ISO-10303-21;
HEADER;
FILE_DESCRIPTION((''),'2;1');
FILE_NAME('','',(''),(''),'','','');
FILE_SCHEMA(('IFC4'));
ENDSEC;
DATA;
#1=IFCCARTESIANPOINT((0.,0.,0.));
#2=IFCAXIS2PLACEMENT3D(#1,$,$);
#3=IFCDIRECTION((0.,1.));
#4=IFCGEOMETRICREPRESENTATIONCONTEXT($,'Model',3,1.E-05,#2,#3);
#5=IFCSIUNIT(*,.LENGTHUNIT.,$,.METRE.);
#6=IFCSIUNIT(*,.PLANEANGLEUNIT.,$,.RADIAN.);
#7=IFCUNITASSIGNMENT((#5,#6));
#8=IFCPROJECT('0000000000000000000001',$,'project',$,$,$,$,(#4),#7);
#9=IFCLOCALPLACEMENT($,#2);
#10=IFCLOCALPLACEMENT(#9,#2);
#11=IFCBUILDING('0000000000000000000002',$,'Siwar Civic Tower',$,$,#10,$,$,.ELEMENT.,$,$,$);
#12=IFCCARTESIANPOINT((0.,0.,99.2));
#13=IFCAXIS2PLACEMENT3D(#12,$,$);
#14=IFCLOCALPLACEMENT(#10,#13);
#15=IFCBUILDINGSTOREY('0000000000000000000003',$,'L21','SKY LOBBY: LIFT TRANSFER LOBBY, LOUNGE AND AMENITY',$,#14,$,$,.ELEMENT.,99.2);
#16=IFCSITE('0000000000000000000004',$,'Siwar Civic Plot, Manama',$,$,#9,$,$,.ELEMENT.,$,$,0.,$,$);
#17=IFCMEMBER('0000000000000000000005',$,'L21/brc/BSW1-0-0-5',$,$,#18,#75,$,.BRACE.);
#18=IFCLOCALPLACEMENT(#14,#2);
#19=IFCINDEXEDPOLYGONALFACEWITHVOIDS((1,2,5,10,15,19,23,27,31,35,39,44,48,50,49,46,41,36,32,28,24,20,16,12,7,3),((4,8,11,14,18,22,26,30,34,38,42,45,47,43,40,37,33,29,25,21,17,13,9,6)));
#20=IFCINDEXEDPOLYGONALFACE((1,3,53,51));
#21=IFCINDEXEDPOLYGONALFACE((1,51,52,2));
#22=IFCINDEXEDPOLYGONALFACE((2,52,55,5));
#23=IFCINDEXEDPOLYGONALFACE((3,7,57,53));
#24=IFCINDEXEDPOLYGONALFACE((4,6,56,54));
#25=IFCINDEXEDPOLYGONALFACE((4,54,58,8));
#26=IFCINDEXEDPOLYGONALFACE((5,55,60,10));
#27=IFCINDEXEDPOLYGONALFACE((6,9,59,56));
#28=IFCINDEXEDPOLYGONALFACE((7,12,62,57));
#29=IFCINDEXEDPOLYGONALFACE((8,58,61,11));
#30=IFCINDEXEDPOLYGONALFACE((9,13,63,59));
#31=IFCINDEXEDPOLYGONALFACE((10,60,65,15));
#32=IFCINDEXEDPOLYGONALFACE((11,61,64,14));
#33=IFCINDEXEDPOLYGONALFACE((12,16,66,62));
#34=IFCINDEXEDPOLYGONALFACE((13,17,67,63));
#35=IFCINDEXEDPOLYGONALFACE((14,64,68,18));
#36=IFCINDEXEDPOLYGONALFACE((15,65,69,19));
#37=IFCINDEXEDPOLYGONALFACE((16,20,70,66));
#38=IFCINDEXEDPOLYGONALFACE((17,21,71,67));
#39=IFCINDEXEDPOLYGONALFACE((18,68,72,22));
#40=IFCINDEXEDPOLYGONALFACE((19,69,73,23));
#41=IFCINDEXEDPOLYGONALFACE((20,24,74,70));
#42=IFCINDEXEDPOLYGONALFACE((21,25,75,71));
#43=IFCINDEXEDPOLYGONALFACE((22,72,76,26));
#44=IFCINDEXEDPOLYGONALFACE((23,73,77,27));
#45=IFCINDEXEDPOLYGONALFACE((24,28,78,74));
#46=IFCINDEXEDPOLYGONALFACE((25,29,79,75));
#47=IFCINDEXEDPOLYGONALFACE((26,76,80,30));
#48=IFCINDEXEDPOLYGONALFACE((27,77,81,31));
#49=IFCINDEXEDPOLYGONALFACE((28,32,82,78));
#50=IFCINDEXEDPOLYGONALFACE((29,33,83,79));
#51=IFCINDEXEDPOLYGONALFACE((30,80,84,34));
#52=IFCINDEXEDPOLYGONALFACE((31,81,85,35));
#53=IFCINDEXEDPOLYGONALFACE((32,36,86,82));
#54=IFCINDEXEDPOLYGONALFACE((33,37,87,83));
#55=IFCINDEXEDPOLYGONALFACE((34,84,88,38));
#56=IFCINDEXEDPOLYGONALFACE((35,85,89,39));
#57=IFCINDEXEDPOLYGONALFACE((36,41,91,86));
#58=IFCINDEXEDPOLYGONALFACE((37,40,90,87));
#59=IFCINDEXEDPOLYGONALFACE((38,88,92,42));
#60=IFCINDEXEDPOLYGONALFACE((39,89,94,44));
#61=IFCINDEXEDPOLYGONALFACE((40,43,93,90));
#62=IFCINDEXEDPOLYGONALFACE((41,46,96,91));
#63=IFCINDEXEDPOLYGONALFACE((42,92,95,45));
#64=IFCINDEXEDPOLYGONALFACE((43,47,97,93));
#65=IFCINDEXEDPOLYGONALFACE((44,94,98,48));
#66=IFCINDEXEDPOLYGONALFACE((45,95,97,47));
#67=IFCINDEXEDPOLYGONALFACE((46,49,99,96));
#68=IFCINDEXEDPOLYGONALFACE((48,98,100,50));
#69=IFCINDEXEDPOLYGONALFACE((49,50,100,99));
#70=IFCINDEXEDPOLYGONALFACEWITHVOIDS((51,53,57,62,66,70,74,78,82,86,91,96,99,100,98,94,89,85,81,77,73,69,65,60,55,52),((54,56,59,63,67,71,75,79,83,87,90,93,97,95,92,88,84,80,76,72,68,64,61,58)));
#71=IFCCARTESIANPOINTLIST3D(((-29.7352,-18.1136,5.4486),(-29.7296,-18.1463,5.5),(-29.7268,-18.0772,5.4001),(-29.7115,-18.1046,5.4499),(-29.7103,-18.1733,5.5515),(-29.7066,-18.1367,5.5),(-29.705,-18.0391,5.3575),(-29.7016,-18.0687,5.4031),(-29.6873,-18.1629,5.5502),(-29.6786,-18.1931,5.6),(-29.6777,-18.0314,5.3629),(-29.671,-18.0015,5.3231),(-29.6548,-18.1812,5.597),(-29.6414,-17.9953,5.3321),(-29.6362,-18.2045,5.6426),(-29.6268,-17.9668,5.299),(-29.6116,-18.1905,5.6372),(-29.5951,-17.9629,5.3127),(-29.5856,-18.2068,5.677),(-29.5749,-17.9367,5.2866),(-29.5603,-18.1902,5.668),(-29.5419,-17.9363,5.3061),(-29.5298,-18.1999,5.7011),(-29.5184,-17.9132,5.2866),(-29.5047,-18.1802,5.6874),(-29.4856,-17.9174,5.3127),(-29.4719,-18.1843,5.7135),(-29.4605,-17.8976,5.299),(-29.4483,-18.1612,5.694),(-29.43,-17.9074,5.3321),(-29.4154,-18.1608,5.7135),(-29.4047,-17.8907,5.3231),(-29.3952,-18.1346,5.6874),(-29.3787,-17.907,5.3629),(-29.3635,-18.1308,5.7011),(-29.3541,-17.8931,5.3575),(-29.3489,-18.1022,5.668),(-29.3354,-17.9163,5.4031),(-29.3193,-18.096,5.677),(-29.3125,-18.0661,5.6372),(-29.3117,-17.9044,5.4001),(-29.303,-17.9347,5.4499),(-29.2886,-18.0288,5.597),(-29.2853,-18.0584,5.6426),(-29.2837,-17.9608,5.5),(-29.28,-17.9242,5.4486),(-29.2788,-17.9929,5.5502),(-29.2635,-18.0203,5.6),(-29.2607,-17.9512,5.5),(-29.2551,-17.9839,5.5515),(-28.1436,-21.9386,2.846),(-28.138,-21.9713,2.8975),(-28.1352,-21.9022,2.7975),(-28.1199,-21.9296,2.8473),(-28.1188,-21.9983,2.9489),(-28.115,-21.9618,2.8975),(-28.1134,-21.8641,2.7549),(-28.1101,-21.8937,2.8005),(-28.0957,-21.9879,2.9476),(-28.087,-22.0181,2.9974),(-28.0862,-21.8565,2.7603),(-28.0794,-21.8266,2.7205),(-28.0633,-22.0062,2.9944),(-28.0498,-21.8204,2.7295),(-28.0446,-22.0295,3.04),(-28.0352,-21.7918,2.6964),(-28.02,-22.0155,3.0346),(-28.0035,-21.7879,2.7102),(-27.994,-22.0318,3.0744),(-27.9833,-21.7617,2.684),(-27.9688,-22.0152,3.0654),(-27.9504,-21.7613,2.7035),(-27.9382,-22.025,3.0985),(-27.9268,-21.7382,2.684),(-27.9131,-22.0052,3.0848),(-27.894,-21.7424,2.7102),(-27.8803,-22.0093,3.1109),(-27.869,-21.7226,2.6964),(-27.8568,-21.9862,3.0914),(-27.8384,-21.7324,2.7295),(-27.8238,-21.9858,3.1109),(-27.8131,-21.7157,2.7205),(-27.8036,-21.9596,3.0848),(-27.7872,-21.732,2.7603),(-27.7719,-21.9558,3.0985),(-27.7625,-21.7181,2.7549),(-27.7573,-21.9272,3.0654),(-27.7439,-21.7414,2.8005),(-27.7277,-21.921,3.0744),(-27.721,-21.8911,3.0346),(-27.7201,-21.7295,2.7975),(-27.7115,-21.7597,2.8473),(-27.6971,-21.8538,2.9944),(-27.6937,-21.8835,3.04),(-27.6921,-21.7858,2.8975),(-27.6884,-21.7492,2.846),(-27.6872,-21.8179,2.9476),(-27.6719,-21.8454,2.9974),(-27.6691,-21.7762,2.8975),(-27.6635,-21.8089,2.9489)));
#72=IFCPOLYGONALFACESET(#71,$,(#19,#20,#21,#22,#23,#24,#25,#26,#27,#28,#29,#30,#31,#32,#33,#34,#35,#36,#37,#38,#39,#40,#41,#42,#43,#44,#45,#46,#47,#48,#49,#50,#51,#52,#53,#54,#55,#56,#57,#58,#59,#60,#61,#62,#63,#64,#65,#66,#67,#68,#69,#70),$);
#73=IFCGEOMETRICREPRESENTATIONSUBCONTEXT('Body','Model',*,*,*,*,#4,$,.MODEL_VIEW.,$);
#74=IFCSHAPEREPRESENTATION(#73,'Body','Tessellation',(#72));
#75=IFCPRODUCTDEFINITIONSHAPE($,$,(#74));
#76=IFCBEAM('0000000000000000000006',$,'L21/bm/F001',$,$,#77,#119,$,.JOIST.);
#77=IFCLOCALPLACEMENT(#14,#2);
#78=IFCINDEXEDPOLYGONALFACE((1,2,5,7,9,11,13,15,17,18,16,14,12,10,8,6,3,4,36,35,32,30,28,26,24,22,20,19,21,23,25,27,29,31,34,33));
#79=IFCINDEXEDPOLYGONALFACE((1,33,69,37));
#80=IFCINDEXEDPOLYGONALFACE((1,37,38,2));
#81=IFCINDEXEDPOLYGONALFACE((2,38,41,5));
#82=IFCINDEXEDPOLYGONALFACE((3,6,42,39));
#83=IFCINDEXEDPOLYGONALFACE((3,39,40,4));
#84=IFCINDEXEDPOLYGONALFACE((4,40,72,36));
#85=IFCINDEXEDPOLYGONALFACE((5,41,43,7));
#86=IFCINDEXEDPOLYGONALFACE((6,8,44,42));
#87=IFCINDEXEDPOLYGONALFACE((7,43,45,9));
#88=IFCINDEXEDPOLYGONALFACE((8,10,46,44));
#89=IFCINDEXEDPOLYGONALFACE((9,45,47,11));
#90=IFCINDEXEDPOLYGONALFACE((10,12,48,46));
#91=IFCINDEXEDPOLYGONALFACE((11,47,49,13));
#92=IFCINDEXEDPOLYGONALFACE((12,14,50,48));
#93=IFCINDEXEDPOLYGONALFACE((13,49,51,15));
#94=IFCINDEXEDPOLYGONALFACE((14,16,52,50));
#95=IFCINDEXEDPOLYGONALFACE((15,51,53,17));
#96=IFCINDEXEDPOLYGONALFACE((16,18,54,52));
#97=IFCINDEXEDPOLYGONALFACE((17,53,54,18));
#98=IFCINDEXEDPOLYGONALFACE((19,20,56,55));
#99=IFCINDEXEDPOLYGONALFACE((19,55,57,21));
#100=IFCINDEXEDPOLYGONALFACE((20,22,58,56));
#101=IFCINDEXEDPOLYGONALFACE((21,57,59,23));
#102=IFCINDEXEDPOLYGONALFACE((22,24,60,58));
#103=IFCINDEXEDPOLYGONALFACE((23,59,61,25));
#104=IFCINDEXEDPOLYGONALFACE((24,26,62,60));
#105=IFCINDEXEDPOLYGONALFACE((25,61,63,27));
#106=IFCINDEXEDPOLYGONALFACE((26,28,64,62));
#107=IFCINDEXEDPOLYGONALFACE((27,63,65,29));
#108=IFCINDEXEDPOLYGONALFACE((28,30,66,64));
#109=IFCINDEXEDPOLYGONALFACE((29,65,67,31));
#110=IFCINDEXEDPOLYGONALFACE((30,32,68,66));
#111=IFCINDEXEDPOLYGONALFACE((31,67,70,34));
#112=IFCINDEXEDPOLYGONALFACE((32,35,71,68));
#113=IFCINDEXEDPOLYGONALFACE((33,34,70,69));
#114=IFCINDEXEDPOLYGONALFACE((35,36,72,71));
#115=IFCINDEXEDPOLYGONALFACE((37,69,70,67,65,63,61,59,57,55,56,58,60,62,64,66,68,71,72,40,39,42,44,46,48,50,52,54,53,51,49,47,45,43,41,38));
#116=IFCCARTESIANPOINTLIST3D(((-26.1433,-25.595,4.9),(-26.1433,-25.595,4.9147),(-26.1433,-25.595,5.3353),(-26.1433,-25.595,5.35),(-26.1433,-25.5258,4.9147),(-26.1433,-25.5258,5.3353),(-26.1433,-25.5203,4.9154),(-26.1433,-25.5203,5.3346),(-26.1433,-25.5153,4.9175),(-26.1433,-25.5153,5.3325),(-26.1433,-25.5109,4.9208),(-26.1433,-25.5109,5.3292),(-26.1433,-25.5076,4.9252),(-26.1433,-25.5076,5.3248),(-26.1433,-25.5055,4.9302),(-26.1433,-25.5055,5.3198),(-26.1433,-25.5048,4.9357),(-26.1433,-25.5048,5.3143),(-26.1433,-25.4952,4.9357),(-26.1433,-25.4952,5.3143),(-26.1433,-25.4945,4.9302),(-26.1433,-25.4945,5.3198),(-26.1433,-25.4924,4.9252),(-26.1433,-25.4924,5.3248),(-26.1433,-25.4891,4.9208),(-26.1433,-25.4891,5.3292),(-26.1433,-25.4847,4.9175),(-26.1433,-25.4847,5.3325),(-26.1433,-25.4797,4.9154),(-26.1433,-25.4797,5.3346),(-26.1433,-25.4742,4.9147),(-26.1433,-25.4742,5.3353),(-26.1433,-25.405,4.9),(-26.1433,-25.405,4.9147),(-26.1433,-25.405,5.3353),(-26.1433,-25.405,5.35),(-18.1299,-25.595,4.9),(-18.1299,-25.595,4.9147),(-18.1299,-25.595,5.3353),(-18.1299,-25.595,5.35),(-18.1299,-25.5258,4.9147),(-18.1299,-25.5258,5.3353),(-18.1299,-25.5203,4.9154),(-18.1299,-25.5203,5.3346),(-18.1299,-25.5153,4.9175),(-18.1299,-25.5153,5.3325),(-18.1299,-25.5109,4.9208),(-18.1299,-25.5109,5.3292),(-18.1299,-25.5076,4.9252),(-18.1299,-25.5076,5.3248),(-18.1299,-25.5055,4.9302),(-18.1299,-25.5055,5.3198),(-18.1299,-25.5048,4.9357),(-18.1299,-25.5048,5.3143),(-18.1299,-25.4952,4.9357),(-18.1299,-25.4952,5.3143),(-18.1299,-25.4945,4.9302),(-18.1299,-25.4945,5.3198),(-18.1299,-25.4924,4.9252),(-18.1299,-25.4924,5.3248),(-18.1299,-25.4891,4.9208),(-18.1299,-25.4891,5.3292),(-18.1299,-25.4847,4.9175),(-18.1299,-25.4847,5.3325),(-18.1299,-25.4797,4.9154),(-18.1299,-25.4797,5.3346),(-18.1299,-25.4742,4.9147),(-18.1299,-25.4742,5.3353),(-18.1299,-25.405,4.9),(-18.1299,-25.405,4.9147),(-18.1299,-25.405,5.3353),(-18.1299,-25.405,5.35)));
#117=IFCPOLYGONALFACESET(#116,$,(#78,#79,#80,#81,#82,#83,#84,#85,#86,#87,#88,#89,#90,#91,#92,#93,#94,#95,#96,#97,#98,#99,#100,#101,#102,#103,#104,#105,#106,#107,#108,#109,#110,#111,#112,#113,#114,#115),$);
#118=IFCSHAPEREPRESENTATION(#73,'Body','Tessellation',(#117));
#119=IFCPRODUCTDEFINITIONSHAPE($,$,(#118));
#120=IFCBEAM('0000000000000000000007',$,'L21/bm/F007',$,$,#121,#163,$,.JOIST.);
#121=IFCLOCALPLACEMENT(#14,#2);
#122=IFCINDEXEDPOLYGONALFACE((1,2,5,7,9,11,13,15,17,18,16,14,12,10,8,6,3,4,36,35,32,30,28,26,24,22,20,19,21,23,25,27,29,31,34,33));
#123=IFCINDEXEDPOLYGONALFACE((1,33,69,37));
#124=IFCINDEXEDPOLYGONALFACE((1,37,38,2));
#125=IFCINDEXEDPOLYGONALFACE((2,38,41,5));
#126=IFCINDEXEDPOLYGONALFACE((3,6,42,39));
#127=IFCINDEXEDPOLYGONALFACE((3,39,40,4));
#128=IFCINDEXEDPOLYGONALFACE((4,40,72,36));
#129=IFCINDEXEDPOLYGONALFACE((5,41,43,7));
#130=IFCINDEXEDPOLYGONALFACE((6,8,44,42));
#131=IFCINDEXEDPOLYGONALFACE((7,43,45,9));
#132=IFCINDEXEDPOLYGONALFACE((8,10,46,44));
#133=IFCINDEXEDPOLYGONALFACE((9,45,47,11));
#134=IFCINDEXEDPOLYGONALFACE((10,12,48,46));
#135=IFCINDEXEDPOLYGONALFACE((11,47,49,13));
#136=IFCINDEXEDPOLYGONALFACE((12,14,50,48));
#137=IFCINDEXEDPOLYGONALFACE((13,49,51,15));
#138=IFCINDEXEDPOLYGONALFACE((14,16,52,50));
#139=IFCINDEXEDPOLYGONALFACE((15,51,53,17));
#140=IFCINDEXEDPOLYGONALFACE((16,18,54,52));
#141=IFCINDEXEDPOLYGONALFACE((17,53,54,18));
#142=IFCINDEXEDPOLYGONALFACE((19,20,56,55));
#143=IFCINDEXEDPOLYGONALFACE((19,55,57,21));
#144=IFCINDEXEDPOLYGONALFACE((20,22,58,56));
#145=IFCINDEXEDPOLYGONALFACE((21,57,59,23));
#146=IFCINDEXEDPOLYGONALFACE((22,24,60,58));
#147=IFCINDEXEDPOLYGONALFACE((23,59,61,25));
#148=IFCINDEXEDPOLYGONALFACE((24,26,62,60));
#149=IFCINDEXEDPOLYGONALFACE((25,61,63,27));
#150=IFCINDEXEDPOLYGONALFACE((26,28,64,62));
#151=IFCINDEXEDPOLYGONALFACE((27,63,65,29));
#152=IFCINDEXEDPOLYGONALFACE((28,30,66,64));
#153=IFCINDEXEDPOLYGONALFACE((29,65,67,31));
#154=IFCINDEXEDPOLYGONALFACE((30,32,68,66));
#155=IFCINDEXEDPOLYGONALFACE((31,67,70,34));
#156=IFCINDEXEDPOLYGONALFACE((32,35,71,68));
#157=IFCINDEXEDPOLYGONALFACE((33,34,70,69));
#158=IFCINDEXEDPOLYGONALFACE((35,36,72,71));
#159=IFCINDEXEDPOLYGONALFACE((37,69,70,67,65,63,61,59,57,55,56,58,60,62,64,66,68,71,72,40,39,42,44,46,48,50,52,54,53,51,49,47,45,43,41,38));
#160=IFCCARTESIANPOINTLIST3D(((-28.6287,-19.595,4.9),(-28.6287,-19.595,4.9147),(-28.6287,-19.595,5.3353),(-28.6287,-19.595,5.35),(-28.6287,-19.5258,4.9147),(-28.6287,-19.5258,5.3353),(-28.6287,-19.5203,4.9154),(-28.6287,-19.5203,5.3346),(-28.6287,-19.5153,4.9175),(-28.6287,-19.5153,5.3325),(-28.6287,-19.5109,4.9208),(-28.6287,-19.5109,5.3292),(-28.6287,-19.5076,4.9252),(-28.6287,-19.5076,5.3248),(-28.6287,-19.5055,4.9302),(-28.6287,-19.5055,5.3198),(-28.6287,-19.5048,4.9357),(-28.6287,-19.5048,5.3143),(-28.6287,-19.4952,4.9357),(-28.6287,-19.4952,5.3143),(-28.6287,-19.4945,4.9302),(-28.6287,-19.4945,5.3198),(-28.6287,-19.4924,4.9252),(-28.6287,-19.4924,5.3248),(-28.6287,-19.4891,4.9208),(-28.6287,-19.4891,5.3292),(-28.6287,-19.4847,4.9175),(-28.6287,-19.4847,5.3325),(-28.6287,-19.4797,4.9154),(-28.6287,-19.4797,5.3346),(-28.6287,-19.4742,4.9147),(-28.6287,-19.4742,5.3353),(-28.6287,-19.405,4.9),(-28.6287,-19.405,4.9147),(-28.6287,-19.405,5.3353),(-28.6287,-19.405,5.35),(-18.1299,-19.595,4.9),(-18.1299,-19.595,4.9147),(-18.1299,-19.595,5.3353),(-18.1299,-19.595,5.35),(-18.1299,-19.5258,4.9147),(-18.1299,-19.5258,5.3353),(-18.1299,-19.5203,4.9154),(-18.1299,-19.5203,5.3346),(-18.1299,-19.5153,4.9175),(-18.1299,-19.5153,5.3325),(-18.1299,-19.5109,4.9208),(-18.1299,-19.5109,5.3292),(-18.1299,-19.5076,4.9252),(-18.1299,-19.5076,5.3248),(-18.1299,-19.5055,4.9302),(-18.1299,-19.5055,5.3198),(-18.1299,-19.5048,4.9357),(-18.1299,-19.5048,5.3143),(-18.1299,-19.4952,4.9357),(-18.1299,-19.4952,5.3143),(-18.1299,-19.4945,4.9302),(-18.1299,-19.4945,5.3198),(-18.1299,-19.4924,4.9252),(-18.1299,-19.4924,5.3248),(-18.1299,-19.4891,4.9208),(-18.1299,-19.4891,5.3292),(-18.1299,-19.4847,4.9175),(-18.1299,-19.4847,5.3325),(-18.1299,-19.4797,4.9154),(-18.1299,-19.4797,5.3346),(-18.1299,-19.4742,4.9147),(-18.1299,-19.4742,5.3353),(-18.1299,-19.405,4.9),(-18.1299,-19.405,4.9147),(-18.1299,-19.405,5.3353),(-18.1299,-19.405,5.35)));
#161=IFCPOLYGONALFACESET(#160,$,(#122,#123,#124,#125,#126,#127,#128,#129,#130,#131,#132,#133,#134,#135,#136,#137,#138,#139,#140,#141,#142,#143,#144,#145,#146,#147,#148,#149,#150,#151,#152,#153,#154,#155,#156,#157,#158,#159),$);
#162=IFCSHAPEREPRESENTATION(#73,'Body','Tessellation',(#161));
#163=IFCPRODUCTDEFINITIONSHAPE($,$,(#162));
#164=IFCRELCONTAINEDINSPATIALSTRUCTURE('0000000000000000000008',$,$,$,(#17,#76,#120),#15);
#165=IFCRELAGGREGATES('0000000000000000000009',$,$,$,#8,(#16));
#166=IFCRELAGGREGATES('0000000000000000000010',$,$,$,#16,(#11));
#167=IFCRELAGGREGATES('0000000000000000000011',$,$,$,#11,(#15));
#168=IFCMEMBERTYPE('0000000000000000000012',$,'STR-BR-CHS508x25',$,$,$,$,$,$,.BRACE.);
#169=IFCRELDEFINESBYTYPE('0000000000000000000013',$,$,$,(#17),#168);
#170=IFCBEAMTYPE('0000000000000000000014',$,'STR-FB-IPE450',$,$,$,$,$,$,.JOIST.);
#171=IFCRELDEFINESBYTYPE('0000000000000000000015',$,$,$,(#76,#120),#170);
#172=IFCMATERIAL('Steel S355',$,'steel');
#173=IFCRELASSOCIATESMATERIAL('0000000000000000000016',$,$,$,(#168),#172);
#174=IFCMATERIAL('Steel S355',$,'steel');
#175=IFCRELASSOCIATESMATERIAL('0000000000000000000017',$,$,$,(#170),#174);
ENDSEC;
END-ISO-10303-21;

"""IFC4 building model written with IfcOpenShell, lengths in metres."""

from ifc_helpers import new_model, si_unit, direction, frame, origin, origin_2d, place, context, subcontext, project, spatial, hollow_circle, i_section, extrude, material, material_profile, profile_set, type_object, element, save


model = new_model("IFC4")

# Units and contexts
model_context = context("Model", 3, precision=1e-05, world=origin(), true_north=direction((0.0, 1.0)))
body_context = subcontext(model_context, "Body", "Model", "MODEL_VIEW")
ifc_project = project(units=[si_unit("LENGTHUNIT", "METRE"), si_unit("PLANEANGLEUNIT", "RADIAN")], contexts=[model_context])

# Site, building, storey
site_placement = place(None, origin())
site = spatial("IfcSite", under=ifc_project, at=site_placement, Name="Siwar Civic Plot, Manama", CompositionType="ELEMENT", RefElevation=0.0)
building_placement = place(site_placement, origin())
building = spatial("IfcBuilding", under=site, at=building_placement, Name="Siwar Civic Tower", CompositionType="ELEMENT")
storey_placement = place(building_placement, frame((0.0, 0.0, 99.2)))
storey = spatial("IfcBuildingStorey", under=building, at=storey_placement, Name="L21", Description="SKY LOBBY: LIFT TRANSFER LOBBY, LOUNGE AND AMENITY", CompositionType="ELEMENT", Elevation=99.2)

# Member
ifc_material_1 = material(Name="Steel S355", Category="steel")
ifc_material_profile_1 = material_profile(ifc_material_1, hollow_circle(Radius=0.2539, WallThickness=0.0249, at=origin_2d()), Name="CHS508x25")
ifc_profile_set_1 = profile_set([ifc_material_profile_1], Name="Steel S355")
member_type_1 = type_object("IfcMemberType", Name="STR-BR-CHS508x25", PredefinedType="BRACE", material=ifc_profile_set_1)
member_1_placement = place(storey_placement, frame((-27.9036, -21.8738, 2.8975), z_axis=(-0.325305, 0.7818, 0.531945), x_axis=(-0.923263, -0.384168, 0.0)))
element("IfcMember", 1, at=member_1_placement, inside=storey, type_object=member_type_1, Name="L21/brc/BSW1-0-0-5", PredefinedType="BRACE", context=body_context, shape_type="SweptSolid", body=[
    extrude(hollow_circle(Radius=0.2539, WallThickness=0.0249, at=origin_2d()), origin(), (0.0, 0.0, 1.0), 4.8926),
])

# Beams
ifc_material_2 = material(Name="Steel S355", Category="steel")
ifc_material_profile_2 = material_profile(ifc_material_2, i_section(OverallWidth=0.1899, OverallDepth=0.45, WebThickness=0.0095, FlangeThickness=0.0146, FilletRadius=0.021, at=origin_2d()), Name="IPE450")
ifc_profile_set_2 = profile_set([ifc_material_profile_2], Name="Steel S355")
beam_type_1 = type_object("IfcBeamType", Name="STR-FB-IPE450", PredefinedType="JOIST", material=ifc_profile_set_2)
beam_1_placement = place(storey_placement, frame((-26.1433, -25.5, 5.125), z_axis=(1.0, 0.0, 0.0), x_axis=(0.0, 1.0, 0.0)))
element("IfcBeam", 2, at=beam_1_placement, inside=storey, type_object=beam_type_1, Name="L21/bm/F001", PredefinedType="JOIST", context=body_context, shape_type="SweptSolid", body=[
    extrude(i_section(OverallWidth=0.1899, OverallDepth=0.45, WebThickness=0.0095, FlangeThickness=0.0146, FilletRadius=0.021, at=origin_2d()), origin(), (0.0, 0.0, 1.0), 8.0134),
])
beam_2_placement = place(storey_placement, frame((-28.6287, -19.5, 5.125), z_axis=(1.0, 0.0, 0.0), x_axis=(0.0, 1.0, 0.0)))
element("IfcBeam", 3, at=beam_2_placement, inside=storey, type_object=beam_type_1, Name="L21/bm/F007", PredefinedType="JOIST", context=body_context, shape_type="SweptSolid", body=[
    extrude(i_section(OverallWidth=0.1899, OverallDepth=0.45, WebThickness=0.0095, FlangeThickness=0.0146, FilletRadius=0.021, at=origin_2d()), origin(), (0.0, 0.0, 1.0), 10.4988),
])

save(model, "model.ifc")
